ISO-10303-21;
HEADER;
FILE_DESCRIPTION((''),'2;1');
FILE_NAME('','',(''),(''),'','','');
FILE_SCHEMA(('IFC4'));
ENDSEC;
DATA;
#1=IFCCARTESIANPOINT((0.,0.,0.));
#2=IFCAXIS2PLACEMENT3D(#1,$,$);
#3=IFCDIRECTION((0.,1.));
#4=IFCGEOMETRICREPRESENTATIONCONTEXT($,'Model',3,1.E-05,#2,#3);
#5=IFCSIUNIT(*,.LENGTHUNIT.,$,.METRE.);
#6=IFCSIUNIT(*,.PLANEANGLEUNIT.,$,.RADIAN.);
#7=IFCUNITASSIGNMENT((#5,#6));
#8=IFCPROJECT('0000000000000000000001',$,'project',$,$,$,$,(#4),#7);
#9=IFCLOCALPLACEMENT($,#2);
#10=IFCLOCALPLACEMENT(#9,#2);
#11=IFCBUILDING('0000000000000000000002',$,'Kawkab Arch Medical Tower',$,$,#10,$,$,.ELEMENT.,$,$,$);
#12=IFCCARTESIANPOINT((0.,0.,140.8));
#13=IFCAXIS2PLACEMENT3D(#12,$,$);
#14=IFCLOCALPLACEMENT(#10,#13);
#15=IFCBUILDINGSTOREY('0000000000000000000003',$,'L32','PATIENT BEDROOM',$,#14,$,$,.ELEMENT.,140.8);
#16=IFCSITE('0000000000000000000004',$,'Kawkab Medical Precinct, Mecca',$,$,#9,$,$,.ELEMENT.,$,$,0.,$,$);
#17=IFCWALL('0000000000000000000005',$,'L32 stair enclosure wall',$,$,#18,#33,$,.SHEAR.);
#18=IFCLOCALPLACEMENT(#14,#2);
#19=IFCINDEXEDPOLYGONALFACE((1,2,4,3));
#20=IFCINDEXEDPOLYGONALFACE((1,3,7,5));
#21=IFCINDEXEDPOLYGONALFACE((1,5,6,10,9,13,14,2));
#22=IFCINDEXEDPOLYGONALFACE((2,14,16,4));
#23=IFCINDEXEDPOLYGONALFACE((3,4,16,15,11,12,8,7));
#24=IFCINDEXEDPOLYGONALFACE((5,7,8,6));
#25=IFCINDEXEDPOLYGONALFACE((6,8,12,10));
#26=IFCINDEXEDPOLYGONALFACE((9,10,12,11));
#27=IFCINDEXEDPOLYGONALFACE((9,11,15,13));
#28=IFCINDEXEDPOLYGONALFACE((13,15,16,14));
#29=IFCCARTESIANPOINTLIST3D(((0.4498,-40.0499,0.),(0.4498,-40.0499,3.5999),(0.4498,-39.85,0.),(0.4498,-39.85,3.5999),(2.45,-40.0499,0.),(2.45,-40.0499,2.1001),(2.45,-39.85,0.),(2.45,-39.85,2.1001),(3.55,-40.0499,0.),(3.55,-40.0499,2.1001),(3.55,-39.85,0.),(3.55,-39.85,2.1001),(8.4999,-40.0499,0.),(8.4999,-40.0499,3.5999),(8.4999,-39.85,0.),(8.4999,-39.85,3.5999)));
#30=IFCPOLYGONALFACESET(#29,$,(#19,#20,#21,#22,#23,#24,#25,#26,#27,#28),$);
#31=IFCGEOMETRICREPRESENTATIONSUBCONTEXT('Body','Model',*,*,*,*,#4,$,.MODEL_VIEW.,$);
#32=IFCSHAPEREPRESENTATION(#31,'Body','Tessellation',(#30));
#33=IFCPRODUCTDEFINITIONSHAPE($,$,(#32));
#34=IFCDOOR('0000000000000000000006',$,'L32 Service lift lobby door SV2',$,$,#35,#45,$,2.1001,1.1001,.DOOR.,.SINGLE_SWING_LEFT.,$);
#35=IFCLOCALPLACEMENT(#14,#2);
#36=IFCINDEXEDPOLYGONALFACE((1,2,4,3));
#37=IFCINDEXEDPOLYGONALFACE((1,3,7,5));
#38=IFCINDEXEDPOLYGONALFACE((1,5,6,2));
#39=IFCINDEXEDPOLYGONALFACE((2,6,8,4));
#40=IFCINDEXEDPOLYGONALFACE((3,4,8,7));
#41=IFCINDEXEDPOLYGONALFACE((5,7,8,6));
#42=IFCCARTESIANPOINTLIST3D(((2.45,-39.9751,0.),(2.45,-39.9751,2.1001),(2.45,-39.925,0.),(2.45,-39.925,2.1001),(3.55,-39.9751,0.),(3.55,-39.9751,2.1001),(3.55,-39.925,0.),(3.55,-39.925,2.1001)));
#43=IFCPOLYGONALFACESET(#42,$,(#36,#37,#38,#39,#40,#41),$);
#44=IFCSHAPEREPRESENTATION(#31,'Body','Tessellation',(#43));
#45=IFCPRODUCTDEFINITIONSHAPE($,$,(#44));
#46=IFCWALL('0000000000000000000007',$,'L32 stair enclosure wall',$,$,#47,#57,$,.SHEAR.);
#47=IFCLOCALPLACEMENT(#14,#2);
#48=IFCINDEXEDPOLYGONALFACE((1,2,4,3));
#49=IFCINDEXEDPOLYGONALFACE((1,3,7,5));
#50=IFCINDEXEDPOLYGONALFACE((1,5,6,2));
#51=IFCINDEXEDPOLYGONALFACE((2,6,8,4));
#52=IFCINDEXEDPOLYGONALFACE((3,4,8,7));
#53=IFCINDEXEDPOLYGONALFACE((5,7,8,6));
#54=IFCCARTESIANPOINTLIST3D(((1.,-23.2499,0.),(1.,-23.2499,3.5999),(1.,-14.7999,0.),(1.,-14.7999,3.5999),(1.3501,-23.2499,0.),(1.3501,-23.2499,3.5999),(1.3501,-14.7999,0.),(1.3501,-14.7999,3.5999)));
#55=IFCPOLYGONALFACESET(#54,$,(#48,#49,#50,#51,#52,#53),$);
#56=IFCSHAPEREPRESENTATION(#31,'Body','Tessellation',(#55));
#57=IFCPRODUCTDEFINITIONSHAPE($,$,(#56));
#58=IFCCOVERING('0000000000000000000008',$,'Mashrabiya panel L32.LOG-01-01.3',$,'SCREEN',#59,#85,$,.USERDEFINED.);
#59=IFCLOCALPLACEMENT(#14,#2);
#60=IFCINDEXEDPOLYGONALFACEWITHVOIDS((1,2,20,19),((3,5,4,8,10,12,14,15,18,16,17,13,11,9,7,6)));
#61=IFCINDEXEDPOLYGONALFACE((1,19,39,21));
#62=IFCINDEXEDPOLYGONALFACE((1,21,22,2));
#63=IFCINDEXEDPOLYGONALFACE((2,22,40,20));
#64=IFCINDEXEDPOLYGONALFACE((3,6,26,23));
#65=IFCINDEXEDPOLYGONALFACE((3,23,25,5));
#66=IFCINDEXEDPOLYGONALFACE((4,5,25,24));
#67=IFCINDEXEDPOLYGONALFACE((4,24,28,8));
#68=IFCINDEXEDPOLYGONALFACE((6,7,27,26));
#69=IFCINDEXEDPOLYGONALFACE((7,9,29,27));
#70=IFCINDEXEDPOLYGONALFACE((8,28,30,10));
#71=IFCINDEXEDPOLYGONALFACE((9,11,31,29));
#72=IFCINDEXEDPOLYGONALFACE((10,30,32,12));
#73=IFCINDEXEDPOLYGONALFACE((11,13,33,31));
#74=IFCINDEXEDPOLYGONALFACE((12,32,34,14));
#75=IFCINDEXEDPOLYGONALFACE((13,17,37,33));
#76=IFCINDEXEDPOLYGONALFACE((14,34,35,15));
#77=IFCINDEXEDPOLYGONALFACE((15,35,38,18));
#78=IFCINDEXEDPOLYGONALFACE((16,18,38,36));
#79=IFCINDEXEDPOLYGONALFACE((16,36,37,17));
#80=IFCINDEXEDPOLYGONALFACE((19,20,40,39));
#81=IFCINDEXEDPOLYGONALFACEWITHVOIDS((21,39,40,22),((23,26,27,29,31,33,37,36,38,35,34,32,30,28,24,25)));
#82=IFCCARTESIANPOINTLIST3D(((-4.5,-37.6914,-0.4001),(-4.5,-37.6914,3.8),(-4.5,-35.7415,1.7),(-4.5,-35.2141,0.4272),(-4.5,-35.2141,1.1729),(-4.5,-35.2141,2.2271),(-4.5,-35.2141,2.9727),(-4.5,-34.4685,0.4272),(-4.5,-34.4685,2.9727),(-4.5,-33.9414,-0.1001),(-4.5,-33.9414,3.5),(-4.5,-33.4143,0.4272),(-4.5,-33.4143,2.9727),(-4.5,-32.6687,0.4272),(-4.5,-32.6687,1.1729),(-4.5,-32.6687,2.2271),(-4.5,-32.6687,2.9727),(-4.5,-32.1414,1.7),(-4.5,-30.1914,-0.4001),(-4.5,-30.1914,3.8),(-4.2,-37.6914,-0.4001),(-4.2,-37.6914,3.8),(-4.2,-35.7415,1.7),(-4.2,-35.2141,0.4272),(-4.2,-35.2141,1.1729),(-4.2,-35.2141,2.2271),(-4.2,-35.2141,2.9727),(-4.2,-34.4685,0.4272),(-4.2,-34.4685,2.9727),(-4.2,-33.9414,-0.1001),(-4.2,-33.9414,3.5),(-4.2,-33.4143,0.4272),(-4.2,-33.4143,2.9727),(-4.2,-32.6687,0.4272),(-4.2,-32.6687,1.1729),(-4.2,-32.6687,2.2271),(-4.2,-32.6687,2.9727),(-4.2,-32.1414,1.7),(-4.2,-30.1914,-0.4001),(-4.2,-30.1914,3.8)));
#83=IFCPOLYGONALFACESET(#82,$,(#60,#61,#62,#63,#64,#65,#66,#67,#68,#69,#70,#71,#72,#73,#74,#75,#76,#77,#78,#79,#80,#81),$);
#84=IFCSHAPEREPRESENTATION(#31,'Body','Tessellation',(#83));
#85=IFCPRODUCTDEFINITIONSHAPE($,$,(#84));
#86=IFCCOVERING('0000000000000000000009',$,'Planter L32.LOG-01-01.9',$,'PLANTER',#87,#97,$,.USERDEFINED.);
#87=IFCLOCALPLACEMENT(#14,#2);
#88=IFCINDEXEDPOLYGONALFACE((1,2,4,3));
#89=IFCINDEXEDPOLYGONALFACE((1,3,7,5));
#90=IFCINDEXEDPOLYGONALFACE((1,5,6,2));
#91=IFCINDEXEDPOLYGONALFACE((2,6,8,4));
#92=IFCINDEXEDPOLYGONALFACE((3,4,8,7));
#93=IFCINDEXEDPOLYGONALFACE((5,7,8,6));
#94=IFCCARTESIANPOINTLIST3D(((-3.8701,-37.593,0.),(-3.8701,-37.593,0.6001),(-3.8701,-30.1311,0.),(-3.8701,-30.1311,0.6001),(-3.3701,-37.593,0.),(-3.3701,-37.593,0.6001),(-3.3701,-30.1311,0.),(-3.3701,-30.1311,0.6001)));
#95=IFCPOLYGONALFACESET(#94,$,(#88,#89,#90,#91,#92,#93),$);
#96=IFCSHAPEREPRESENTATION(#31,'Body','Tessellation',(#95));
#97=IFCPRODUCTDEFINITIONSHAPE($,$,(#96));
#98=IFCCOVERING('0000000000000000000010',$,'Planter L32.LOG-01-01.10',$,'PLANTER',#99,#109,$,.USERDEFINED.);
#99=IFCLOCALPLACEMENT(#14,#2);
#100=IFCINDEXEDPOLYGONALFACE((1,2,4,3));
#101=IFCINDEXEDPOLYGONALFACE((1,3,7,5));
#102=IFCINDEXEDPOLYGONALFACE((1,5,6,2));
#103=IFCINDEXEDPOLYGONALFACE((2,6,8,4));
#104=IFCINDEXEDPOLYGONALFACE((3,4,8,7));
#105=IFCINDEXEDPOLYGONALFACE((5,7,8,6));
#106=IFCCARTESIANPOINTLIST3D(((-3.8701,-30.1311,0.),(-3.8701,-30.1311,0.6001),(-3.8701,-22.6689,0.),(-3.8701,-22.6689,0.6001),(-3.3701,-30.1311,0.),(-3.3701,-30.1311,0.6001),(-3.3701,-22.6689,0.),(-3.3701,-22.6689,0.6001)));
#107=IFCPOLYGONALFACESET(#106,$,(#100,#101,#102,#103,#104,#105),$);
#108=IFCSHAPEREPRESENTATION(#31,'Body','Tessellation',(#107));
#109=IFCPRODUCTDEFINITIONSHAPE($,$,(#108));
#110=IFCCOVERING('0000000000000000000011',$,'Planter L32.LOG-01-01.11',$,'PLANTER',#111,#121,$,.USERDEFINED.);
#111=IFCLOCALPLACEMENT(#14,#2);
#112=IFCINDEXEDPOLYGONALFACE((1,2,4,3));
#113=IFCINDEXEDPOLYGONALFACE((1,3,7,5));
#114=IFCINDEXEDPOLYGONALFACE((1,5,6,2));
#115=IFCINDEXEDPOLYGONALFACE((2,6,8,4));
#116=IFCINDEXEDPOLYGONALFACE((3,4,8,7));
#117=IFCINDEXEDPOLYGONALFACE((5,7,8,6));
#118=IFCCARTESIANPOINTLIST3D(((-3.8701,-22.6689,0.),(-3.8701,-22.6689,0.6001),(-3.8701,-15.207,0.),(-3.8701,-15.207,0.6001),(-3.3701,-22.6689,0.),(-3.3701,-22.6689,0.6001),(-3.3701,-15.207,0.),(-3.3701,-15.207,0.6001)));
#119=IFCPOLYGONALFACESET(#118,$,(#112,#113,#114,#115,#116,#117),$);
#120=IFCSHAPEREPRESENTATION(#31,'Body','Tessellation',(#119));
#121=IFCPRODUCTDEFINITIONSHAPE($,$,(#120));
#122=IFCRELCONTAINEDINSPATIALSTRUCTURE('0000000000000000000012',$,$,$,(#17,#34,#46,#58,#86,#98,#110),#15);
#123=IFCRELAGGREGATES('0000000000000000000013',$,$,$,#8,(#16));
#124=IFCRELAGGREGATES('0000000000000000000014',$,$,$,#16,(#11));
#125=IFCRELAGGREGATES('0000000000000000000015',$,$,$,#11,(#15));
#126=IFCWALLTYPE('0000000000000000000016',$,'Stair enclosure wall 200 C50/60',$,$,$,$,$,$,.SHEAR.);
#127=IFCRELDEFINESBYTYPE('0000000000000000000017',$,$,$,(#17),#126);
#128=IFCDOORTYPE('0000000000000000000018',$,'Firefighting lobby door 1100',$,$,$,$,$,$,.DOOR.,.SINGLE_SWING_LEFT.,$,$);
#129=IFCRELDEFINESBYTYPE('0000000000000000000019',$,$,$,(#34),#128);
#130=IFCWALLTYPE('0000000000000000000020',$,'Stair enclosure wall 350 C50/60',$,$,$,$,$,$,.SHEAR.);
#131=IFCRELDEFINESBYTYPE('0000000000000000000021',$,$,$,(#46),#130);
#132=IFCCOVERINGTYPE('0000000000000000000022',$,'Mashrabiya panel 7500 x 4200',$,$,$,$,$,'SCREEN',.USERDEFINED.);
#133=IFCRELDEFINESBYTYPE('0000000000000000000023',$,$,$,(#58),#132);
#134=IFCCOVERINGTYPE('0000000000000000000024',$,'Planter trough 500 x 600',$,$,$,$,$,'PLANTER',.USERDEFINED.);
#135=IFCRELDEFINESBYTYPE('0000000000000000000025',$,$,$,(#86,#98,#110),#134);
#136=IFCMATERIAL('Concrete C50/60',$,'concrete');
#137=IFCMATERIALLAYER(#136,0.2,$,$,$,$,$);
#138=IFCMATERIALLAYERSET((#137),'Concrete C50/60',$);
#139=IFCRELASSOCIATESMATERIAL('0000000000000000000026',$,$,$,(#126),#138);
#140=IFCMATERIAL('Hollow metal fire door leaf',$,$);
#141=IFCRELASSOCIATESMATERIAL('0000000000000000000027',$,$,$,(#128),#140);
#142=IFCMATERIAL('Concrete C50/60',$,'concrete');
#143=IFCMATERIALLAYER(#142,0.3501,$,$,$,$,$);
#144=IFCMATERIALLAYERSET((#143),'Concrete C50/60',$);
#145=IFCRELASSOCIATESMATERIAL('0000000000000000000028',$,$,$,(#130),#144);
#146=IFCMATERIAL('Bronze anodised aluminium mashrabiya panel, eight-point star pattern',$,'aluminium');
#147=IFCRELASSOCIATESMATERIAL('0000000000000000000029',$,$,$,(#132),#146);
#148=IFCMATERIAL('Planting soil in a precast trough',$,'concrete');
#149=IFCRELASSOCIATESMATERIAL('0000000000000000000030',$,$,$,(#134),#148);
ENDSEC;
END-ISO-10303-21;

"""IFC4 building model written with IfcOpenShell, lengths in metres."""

from ifc_helpers import new_model, si_unit, direction, frame, frame_2d, origin, origin_2d, place, context, subcontext, project, spatial, polyline, rectangle, outline, extrude, material, layer, layer_set, material_profile, profile_set, type_object, element, fill, save


model = new_model("IFC4")

# Units and contexts
model_context = context("Model", 3, precision=1e-05, world=origin(), true_north=direction((0.0, 1.0)))
body_context = subcontext(model_context, "Body", "Model", "MODEL_VIEW")
ifc_project = project(units=[si_unit("LENGTHUNIT", "METRE"), si_unit("PLANEANGLEUNIT", "RADIAN")], contexts=[model_context])

# Site, building, storey
site_placement = place(None, origin())
site = spatial("IfcSite", under=ifc_project, at=site_placement, Name="Kawkab Medical Precinct, Mecca", CompositionType="ELEMENT", RefElevation=0.0)
building_placement = place(site_placement, origin())
building = spatial("IfcBuilding", under=site, at=building_placement, Name="Kawkab Arch Medical Tower", CompositionType="ELEMENT")
storey_placement = place(building_placement, frame((0.0, 0.0, 140.8)))
storey = spatial("IfcBuildingStorey", under=building, at=storey_placement, Name="L32", Description="PATIENT BEDROOM", CompositionType="ELEMENT", Elevation=140.8)

# Shared definitions
ifc_material_1 = material(Name="Concrete C50/60", Category="concrete")
ifc_layer_1 = layer(ifc_material_1, 0.2)
ifc_layer_set_1 = layer_set([ifc_layer_1], Name="Concrete C50/60")
wall_type_1 = type_object("IfcWallType", Name="Stair enclosure wall 200 C50/60", PredefinedType="SHEAR", material=ifc_layer_set_1)

# Wall, opening, door
wall_1_placement = place(storey_placement, frame((0.45, -39.95, 0.0), z_axis=(0.0, 0.0, 1.0), x_axis=(1.0, 0.0, 0.0)))
wall_1 = element("IfcWall", 1, at=wall_1_placement, inside=storey, type_object=wall_type_1, Name="L32 stair enclosure wall", PredefinedType="SHEAR", context=body_context, shape_type="SweptSolid", body=[
    extrude(rectangle(XDim=8.05, YDim=0.2, at=frame_2d((4.0249, 0.0))), origin(), (0.0, 0.0, 1.0), 3.5999),
])
opening_1_placement = place(wall_1_placement, frame((2.0, 0.0, 0.0)))
opening_1 = element("IfcOpeningElement", 2, at=opening_1_placement, cuts=wall_1, PredefinedType="OPENING", context=body_context, shape_type="SweptSolid", body=[
    extrude(rectangle(XDim=1.1001, YDim=2.1001, at=frame_2d((0.55, 1.05))), frame((0.0, 0.1099, 0.0), z_axis=(0.0, -1.0, 0.0), x_axis=(1.0, 0.0, 0.0)), (0.0, 0.0, 1.0), 0.22),
])
ifc_material_2 = material(Name="Hollow metal fire door leaf")
door_type_1 = type_object("IfcDoorType", Name="Firefighting lobby door 1100", OperationType="SINGLE_SWING_LEFT", PredefinedType="DOOR", material=ifc_material_2)
door_1_placement = place(opening_1_placement, origin())
door_1 = element("IfcDoor", 3, at=door_1_placement, inside=storey, type_object=door_type_1, Name="L32 Service lift lobby door SV2", OperationType="SINGLE_SWING_LEFT", OverallHeight=2.1001, OverallWidth=1.1001, PredefinedType="DOOR", context=body_context, shape_type="SweptSolid", body=[
    extrude(rectangle(XDim=1.1001, YDim=2.1001, at=frame_2d((0.55, 1.05))), frame((0.0, 0.0249, 0.0), z_axis=(0.0, -1.0, 0.0), x_axis=(1.0, 0.0, 0.0)), (0.0, 0.0, 1.0), 0.05),
])
fill(opening_1, door_1)

# Wall
ifc_material_3 = material(Name="Concrete C50/60", Category="concrete")
ifc_layer_2 = layer(ifc_material_3, 0.3501)
ifc_layer_set_2 = layer_set([ifc_layer_2], Name="Concrete C50/60")
wall_type_2 = type_object("IfcWallType", Name="Stair enclosure wall 350 C50/60", PredefinedType="SHEAR", material=ifc_layer_set_2)
wall_2_placement = place(storey_placement, frame((1.175, -23.25, 0.0), z_axis=(0.0, 0.0, 1.0), x_axis=(0.0, 1.0, 0.0)))
element("IfcWall", 4, at=wall_2_placement, inside=storey, type_object=wall_type_2, Name="L32 stair enclosure wall", PredefinedType="SHEAR", context=body_context, shape_type="SweptSolid", body=[
    extrude(rectangle(XDim=8.45, YDim=0.3501, at=frame_2d((4.2251, 0.0))), origin(), (0.0, 0.0, 1.0), 3.5999),
])

# Coverings
ifc_material_4 = material(Name="Bronze anodised aluminium mashrabiya panel, eight-point star pattern", Category="aluminium")
ifc_material_profile_1 = material_profile(ifc_material_4, outline(polyline([(-3.75, -2.1001), (3.75, -2.1001), (3.75, 2.1001), (-3.75, 2.1001), (-3.75, -2.1001)]), holes=[polyline([(1.8, 0.0), (1.2727, 0.5271), (1.2727, 1.2727), (0.5271, 1.2727), (0.0, 1.8), (-0.5271, 1.2727), (-1.2727, 1.2727), (-1.2727, 0.5271), (-1.8, 0.0), (-1.2727, -0.5271), (-1.2727, -1.2727), (-0.5271, -1.2727), (0.0, -1.8), (0.5271, -1.2727), (1.2727, -1.2727), (1.2727, -0.5271), (1.8, 0.0)])]), Name="Mashrabiya panel 7500x4200")
ifc_profile_set_1 = profile_set([ifc_material_profile_1], Name="Bronze anodised aluminium mashrabiya panel, eight-point star pattern")
covering_type_1 = type_object("IfcCoveringType", Name="Mashrabiya panel 7500 x 4200", ElementType="SCREEN", PredefinedType="USERDEFINED", material=ifc_profile_set_1)
covering_1_placement = place(storey_placement, frame((-4.2, -33.9414, 1.7), z_axis=(-1.0, 0.0, 0.0), x_axis=(0.0, -1.0, 0.0)))
element("IfcCovering", 5, at=covering_1_placement, inside=storey, type_object=covering_type_1, Name="Mashrabiya panel L32.LOG-01-01.3", ObjectType="SCREEN", PredefinedType="USERDEFINED", context=body_context, shape_type="SweptSolid", body=[
    extrude(outline(polyline([(-3.75, -2.1001), (3.75, -2.1001), (3.75, 2.1001), (-3.75, 2.1001), (-3.75, -2.1001)]), holes=[polyline([(1.8, 0.0), (1.2727, 0.5271), (1.2727, 1.2727), (0.5271, 1.2727), (0.0, 1.8), (-0.5271, 1.2727), (-1.2727, 1.2727), (-1.2727, 0.5271), (-1.8, 0.0), (-1.2727, -0.5271), (-1.2727, -1.2727), (-0.5271, -1.2727), (0.0, -1.8), (0.5271, -1.2727), (1.2727, -1.2727), (1.2727, -0.5271), (1.8, 0.0)])]), origin(), (0.0, 0.0, 1.0), 0.3),
])
ifc_material_5 = material(Name="Planting soil in a precast trough", Category="concrete")
ifc_material_profile_2 = material_profile(ifc_material_5, rectangle(XDim=0.5, YDim=0.6001, at=origin_2d()), Name="Trough 500x600")
ifc_profile_set_2 = profile_set([ifc_material_profile_2], Name="Planting soil in a precast trough")
covering_type_2 = type_object("IfcCoveringType", Name="Planter trough 500 x 600", ElementType="PLANTER", PredefinedType="USERDEFINED", material=ifc_profile_set_2)
covering_2_placement = place(storey_placement, frame((-3.6201, -37.593, 0.3), z_axis=(0.0, 1.0, 0.0), x_axis=(-1.0, 0.0, 0.0)))
element("IfcCovering", 6, at=covering_2_placement, inside=storey, type_object=covering_type_2, Name="Planter L32.LOG-01-01.9", ObjectType="PLANTER", PredefinedType="USERDEFINED", context=body_context, shape_type="SweptSolid", body=[
    extrude(rectangle(XDim=0.5, YDim=0.6001, at=origin_2d()), origin(), (0.0, 0.0, 1.0), 7.4619),
])
covering_3_placement = place(storey_placement, frame((-3.6201, -30.1311, 0.3), z_axis=(0.0, 1.0, 0.0), x_axis=(-1.0, 0.0, 0.0)))
element("IfcCovering", 7, at=covering_3_placement, inside=storey, type_object=covering_type_2, Name="Planter L32.LOG-01-01.10", ObjectType="PLANTER", PredefinedType="USERDEFINED", context=body_context, shape_type="SweptSolid", body=[
    extrude(rectangle(XDim=0.5, YDim=0.6001, at=origin_2d()), origin(), (0.0, 0.0, 1.0), 7.4622),
])
covering_4_placement = place(storey_placement, frame((-3.6201, -22.6689, 0.3), z_axis=(0.0, 1.0, 0.0), x_axis=(-1.0, 0.0, 0.0)))
element("IfcCovering", 8, at=covering_4_placement, inside=storey, type_object=covering_type_2, Name="Planter L32.LOG-01-01.11", ObjectType="PLANTER", PredefinedType="USERDEFINED", context=body_context, shape_type="SweptSolid", body=[
    extrude(rectangle(XDim=0.5, YDim=0.6001, at=origin_2d()), origin(), (0.0, 0.0, 1.0), 7.4619),
])

save(model, "model.ifc")
